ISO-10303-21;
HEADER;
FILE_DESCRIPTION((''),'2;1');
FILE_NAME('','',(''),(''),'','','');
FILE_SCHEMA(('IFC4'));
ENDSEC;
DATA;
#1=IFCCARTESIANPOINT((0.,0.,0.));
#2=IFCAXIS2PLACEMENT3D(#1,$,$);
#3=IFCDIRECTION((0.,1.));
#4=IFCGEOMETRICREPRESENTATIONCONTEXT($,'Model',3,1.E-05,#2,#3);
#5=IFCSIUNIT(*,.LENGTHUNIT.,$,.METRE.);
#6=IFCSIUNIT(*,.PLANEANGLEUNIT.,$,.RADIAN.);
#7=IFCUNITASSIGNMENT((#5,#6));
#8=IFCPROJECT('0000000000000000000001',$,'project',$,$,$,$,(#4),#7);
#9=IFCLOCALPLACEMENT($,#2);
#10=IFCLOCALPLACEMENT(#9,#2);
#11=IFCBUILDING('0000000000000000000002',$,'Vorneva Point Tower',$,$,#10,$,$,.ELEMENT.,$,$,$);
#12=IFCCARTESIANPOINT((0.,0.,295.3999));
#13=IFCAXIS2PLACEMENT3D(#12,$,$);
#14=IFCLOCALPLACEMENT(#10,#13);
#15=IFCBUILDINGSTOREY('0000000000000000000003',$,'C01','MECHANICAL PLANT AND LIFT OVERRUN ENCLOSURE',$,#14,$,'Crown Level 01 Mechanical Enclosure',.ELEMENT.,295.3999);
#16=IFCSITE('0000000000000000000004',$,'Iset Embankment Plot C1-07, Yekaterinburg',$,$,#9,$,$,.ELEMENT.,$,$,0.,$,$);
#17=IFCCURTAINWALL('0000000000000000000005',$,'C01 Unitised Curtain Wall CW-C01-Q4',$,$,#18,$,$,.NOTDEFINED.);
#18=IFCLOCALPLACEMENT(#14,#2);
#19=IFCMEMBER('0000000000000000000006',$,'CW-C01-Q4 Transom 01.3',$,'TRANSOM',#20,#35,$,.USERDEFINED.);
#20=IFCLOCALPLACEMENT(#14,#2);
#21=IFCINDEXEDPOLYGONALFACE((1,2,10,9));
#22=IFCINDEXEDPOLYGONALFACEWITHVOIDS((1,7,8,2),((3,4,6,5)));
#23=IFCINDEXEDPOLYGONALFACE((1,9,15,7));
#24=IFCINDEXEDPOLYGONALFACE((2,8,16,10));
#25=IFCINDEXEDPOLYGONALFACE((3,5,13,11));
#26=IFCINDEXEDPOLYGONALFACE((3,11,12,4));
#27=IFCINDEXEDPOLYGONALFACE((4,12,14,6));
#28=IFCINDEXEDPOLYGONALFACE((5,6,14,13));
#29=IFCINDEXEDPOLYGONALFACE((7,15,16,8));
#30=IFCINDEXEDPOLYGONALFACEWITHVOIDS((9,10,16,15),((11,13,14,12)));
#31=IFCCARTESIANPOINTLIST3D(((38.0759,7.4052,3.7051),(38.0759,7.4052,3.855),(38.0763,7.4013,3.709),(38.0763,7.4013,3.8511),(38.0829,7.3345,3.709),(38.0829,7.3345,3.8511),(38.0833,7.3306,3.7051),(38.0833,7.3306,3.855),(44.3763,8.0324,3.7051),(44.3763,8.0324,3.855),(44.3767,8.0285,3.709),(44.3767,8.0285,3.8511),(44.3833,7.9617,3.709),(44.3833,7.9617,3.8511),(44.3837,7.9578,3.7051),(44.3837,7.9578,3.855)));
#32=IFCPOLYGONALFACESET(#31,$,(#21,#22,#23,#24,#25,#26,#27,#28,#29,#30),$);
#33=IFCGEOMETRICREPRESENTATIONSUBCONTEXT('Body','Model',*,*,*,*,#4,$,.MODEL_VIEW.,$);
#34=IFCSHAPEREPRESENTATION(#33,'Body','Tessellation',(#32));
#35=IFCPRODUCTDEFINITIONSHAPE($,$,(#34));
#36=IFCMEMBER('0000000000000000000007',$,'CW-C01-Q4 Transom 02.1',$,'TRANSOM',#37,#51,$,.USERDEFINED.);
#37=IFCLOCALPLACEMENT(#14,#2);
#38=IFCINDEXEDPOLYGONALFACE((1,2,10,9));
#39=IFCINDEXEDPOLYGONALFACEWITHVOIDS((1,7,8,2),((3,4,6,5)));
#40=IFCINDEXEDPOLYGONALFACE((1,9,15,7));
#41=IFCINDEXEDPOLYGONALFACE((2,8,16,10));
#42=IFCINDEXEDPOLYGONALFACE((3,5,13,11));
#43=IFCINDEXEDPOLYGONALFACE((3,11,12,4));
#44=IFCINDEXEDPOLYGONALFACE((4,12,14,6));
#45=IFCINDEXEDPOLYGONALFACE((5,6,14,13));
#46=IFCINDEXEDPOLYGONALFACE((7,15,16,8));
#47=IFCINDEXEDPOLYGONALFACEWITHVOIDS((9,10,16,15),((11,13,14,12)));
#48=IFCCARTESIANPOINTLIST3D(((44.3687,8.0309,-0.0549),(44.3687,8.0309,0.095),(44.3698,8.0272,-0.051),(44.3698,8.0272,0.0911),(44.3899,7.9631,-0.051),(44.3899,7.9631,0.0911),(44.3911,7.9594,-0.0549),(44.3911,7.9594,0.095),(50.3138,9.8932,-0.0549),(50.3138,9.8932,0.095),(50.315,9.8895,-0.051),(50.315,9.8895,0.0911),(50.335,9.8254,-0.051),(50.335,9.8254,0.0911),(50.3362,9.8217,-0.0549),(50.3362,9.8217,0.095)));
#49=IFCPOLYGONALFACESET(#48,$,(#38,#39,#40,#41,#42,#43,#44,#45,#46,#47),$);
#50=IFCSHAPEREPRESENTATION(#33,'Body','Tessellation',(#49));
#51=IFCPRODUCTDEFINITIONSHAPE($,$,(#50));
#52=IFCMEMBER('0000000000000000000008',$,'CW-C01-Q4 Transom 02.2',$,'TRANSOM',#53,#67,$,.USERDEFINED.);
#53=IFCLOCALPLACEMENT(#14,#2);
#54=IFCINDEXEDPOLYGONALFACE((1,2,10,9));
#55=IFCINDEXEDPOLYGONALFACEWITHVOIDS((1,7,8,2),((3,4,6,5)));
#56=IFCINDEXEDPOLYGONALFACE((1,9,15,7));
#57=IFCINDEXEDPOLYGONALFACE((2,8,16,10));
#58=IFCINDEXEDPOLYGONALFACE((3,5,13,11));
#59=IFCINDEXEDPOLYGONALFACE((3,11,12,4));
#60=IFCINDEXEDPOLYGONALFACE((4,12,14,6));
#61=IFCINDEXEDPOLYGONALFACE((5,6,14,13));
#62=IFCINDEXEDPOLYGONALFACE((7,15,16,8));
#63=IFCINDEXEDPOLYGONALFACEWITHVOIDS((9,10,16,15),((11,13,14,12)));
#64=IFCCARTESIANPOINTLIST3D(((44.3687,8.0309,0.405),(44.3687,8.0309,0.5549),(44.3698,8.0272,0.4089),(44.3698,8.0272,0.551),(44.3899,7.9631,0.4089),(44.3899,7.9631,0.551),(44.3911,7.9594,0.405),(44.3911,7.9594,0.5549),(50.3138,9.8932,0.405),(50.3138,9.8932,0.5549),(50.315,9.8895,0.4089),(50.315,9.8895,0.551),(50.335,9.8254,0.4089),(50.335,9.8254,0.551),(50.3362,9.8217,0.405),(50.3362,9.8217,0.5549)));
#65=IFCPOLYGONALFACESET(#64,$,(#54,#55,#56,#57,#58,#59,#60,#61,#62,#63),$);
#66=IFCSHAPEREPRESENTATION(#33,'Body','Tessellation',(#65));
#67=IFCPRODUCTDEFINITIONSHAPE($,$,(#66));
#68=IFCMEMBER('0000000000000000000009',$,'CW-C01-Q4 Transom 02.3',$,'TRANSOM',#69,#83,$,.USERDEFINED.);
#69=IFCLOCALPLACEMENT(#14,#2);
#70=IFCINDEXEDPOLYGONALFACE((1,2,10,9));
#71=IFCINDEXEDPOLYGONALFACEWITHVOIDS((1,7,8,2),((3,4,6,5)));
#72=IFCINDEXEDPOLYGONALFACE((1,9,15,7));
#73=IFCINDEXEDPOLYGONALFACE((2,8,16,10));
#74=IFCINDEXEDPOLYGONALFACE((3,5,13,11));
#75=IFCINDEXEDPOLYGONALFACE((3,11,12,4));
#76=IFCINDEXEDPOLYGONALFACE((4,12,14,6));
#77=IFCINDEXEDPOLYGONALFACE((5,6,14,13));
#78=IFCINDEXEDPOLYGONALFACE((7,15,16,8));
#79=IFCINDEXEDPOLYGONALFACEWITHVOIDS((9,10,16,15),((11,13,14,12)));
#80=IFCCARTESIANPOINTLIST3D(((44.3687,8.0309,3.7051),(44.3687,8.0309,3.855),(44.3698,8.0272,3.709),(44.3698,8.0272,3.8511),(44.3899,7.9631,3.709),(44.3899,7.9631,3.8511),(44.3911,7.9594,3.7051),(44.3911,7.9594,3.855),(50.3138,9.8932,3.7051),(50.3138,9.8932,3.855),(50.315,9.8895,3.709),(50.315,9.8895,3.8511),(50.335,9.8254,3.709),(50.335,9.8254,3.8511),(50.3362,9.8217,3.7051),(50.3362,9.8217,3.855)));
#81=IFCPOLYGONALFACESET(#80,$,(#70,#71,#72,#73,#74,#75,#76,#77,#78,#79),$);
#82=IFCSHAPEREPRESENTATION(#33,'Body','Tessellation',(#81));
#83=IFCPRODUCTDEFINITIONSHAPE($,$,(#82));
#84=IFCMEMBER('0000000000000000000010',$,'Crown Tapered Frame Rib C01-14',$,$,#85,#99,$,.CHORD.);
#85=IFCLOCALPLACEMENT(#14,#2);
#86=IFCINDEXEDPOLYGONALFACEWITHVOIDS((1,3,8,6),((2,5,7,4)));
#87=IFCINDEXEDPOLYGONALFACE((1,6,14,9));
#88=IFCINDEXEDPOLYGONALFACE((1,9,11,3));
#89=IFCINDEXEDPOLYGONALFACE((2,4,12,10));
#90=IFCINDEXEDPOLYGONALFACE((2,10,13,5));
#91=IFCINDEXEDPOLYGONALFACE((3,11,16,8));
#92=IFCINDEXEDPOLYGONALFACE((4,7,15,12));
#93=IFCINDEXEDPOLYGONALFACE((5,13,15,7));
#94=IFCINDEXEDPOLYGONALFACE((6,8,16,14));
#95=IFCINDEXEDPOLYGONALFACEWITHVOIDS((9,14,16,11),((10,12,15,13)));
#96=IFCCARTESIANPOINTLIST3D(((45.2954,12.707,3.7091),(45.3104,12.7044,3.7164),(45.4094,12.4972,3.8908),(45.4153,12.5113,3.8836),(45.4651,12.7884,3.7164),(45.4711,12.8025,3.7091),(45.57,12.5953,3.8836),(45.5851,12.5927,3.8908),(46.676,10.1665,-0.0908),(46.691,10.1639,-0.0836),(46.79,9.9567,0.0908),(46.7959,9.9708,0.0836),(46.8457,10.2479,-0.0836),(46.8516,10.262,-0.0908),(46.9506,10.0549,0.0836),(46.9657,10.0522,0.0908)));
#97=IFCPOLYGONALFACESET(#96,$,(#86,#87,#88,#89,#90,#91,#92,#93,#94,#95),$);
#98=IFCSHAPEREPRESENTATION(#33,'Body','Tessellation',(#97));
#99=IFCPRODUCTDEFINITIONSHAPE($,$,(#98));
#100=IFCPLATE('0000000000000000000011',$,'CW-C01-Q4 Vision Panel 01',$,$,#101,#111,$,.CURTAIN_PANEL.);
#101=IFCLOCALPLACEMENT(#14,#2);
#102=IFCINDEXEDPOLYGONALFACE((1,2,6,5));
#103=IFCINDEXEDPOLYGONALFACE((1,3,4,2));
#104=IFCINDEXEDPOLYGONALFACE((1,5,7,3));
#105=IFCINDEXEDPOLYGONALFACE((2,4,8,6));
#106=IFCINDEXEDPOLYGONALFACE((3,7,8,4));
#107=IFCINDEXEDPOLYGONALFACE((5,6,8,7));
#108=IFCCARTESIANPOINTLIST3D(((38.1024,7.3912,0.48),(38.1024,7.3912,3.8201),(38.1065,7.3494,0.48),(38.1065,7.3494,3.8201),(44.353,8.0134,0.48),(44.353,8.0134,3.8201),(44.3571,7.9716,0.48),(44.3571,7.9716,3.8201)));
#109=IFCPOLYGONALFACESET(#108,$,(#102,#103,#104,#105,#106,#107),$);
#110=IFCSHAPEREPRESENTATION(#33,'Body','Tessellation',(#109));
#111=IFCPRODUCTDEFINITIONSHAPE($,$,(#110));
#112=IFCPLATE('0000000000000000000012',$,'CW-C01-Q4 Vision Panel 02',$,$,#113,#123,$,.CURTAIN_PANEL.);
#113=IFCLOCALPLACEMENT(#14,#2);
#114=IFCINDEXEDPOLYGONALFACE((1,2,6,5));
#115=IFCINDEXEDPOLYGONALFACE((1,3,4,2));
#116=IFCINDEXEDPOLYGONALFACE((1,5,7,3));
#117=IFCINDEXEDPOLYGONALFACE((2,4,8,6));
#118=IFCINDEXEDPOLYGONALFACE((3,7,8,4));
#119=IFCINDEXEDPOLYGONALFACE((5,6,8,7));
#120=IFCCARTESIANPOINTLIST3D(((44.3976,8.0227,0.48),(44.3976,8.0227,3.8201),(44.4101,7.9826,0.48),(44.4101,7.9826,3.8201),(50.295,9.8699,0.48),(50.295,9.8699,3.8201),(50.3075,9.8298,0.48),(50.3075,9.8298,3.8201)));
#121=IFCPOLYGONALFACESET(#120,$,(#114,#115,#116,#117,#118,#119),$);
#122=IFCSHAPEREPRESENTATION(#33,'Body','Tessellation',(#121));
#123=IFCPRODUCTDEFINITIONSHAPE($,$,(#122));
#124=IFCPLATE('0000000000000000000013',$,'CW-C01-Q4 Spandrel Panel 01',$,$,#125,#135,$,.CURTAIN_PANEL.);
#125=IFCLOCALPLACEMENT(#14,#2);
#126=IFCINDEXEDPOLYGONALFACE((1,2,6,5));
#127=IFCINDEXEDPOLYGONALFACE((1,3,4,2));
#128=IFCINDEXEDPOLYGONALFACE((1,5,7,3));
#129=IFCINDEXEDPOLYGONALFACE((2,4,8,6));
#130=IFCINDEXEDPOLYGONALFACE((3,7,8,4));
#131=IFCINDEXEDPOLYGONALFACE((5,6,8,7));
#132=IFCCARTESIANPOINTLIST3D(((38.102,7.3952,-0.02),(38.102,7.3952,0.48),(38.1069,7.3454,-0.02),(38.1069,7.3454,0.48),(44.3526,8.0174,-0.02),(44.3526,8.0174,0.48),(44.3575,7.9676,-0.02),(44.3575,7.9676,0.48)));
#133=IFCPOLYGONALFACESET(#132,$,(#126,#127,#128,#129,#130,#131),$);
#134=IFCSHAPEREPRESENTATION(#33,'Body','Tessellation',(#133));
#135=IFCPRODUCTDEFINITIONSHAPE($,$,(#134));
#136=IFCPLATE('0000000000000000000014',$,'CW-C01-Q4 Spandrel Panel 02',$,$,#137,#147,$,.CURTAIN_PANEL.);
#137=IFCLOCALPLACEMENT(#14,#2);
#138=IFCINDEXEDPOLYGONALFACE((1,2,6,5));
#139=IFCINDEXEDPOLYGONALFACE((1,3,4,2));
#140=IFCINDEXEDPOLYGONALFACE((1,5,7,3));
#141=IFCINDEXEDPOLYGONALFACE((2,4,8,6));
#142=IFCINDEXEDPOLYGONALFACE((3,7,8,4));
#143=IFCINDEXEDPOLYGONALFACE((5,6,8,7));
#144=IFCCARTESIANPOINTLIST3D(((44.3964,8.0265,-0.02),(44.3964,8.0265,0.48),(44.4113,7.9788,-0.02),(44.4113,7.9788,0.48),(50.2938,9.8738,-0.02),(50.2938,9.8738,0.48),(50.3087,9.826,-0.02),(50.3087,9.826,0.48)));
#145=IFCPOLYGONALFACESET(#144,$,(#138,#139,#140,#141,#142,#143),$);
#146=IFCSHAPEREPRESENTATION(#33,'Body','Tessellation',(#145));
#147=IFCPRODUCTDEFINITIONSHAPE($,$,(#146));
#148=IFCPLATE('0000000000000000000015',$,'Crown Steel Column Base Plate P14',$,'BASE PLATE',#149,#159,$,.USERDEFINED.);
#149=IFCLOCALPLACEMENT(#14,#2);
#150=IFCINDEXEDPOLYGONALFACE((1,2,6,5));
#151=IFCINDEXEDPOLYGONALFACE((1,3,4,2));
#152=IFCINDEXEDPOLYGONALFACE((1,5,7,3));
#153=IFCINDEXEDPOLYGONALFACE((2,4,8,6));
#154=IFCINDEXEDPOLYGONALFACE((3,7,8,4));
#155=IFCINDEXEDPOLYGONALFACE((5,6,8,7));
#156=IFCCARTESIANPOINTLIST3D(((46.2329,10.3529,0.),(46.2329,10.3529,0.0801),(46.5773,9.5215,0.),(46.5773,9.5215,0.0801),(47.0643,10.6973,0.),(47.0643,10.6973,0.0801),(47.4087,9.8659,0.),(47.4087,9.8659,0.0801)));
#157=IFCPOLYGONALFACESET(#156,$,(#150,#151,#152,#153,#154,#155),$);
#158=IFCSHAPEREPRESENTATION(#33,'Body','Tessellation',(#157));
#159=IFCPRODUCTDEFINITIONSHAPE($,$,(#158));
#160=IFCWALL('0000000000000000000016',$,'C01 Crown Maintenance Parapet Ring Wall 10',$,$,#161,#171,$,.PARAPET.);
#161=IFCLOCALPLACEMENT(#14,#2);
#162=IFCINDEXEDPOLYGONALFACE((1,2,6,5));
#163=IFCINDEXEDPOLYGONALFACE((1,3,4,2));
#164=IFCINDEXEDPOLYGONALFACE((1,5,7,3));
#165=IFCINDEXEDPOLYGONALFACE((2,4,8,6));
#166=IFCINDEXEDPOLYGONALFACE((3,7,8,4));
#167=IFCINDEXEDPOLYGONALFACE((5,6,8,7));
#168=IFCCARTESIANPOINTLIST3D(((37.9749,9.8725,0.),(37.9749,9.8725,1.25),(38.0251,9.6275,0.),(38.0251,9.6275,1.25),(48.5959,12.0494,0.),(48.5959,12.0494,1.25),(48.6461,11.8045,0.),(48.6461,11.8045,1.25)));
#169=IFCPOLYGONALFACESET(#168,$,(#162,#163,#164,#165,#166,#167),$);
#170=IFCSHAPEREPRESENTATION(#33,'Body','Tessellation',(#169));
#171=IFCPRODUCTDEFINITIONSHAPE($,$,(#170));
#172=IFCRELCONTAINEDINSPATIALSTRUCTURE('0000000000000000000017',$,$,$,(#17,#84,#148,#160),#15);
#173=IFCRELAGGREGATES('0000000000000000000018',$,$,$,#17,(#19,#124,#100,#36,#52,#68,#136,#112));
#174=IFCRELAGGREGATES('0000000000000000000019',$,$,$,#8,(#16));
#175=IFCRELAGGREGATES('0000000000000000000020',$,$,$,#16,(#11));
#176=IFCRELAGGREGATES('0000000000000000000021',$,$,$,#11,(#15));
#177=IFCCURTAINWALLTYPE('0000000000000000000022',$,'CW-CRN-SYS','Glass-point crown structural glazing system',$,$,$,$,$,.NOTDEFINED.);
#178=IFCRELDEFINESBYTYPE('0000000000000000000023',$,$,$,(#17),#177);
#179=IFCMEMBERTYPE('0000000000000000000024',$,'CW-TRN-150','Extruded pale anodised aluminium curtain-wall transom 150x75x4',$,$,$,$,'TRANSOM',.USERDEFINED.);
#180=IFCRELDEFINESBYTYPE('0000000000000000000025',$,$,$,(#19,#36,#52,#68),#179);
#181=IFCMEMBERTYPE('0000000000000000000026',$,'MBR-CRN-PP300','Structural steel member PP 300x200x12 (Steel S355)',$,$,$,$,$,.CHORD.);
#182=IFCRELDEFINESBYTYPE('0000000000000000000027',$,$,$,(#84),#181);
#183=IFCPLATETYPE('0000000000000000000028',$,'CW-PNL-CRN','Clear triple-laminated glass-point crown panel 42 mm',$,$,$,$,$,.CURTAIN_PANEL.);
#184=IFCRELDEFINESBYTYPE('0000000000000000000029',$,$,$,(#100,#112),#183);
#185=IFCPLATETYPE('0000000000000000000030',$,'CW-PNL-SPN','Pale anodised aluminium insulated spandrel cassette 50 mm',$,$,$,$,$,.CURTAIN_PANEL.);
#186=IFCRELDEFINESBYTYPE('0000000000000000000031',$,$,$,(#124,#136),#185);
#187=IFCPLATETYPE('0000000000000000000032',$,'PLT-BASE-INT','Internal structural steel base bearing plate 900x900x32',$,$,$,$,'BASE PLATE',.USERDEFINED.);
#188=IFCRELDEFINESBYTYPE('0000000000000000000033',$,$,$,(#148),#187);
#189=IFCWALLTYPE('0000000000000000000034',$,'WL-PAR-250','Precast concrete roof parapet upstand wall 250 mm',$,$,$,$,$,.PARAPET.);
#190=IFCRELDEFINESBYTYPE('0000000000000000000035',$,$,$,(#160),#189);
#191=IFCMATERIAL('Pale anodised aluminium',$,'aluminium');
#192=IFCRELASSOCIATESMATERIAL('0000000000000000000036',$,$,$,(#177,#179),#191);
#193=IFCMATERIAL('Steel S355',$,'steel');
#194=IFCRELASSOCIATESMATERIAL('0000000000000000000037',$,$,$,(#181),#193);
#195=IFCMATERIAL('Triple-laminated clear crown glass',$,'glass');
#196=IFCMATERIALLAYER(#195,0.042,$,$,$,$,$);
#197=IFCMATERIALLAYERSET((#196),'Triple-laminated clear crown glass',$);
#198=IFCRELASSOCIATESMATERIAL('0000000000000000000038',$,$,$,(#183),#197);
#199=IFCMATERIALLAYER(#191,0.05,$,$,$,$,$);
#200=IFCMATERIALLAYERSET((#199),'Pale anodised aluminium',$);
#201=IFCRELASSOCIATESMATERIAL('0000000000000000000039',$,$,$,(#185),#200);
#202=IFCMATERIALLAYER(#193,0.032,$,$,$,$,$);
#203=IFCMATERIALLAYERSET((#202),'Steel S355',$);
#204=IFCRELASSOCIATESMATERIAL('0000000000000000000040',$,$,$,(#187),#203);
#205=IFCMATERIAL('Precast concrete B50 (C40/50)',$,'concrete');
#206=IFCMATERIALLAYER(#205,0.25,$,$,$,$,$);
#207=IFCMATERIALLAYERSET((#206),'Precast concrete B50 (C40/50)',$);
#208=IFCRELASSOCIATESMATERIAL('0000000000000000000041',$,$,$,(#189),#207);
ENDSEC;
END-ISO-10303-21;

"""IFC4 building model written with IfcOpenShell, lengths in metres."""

from ifc_helpers import new_model, si_unit, direction, frame, frame_2d, origin, origin_2d, place, context, subcontext, project, spatial, rectangle, hollow_rectangle, extrude, material, layer, layer_set, material_profile, profile_set, type_object, element, aggregate, save


model = new_model("IFC4")

# Units and contexts
model_context = context("Model", 3, precision=1e-05, world=origin(), true_north=direction((0.0, 1.0)))
body_context = subcontext(model_context, "Body", "Model", "MODEL_VIEW")
ifc_project = project(units=[si_unit("LENGTHUNIT", "METRE"), si_unit("PLANEANGLEUNIT", "RADIAN")], contexts=[model_context])

# Site, building, storey
site_placement = place(None, origin())
site = spatial("IfcSite", under=ifc_project, at=site_placement, Name="Iset Embankment Plot C1-07, Yekaterinburg", CompositionType="ELEMENT", RefElevation=0.0)
building_placement = place(site_placement, origin())
building = spatial("IfcBuilding", under=site, at=building_placement, Name="Vorneva Point Tower", CompositionType="ELEMENT")
storey_placement = place(building_placement, frame((0.0, 0.0, 295.3999)))
storey = spatial("IfcBuildingStorey", under=building, at=storey_placement, Name="C01", Description="MECHANICAL PLANT AND LIFT OVERRUN ENCLOSURE", LongName="Crown Level 01 Mechanical Enclosure", CompositionType="ELEMENT", Elevation=295.3999)

# Shared definitions
ifc_material_1 = material(Name="Steel S355", Category="steel")

# Curtain wall, members
ifc_material_2 = material(Name="Pale anodised aluminium", Category="aluminium")
curtain_wall_type = type_object("IfcCurtainWallType", Name="CW-CRN-SYS", Description="Glass-point crown structural glazing system", PredefinedType="NOTDEFINED", material=ifc_material_2)
curtain_wall_placement = place(storey_placement, origin())
curtain_wall = element("IfcCurtainWall", 1, at=curtain_wall_placement, inside=storey, type_object=curtain_wall_type, Name="C01 Unitised Curtain Wall CW-C01-Q4", PredefinedType="NOTDEFINED")
ifc_material_profile_1 = material_profile(ifc_material_2, hollow_rectangle(XDim=0.075, YDim=0.1499, WallThickness=0.0039, at=origin_2d()), Name="AL-TRN 150x75x4")
ifc_profile_set_1 = profile_set([ifc_material_profile_1], Name="Pale anodised aluminium")
member_type_1 = type_object("IfcMemberType", Name="CW-TRN-150", Description="Extruded pale anodised aluminium curtain-wall transom 150x75x4", ElementType="TRANSOM", PredefinedType="USERDEFINED", material=ifc_profile_set_1)
member_1_placement = place(storey_placement, frame((38.0796, 7.3679, 3.78), z_axis=(0.995081, 0.099061, 0.0), x_axis=(-0.099061, 0.995081, 0.0)))
member_1 = element("IfcMember", 2, at=member_1_placement, type_object=member_type_1, Name="CW-C01-Q4 Transom 01.3", ObjectType="TRANSOM", PredefinedType="USERDEFINED", context=body_context, shape_type="SweptSolid", body=[
    extrude(hollow_rectangle(XDim=0.075, YDim=0.1499, WallThickness=0.0039, at=origin_2d()), origin(), (0.0, 0.0, 1.0), 6.3315),
])
member_2_placement = place(storey_placement, frame((44.3799, 7.9951, 0.02), z_axis=(0.954275, 0.298929, 0.0), x_axis=(-0.298929, 0.954275, 0.0)))
member_2 = element("IfcMember", 3, at=member_2_placement, type_object=member_type_1, Name="CW-C01-Q4 Transom 02.1", ObjectType="TRANSOM", PredefinedType="USERDEFINED", context=body_context, shape_type="SweptSolid", body=[
    extrude(hollow_rectangle(XDim=0.075, YDim=0.1499, WallThickness=0.0039, at=origin_2d()), origin(), (0.0, 0.0, 1.0), 6.23),
])
member_3_placement = place(storey_placement, frame((44.3799, 7.9951, 0.48), z_axis=(0.954275, 0.298929, 0.0), x_axis=(-0.298929, 0.954275, 0.0)))
member_3 = element("IfcMember", 4, at=member_3_placement, type_object=member_type_1, Name="CW-C01-Q4 Transom 02.2", ObjectType="TRANSOM", PredefinedType="USERDEFINED", context=body_context, shape_type="SweptSolid", body=[
    extrude(hollow_rectangle(XDim=0.075, YDim=0.1499, WallThickness=0.0039, at=origin_2d()), origin(), (0.0, 0.0, 1.0), 6.23),
])
member_4_placement = place(storey_placement, frame((44.3799, 7.9951, 3.78), z_axis=(0.954275, 0.298929, 0.0), x_axis=(-0.298929, 0.954275, 0.0)))
member_4 = element("IfcMember", 5, at=member_4_placement, type_object=member_type_1, Name="CW-C01-Q4 Transom 02.3", ObjectType="TRANSOM", PredefinedType="USERDEFINED", context=body_context, shape_type="SweptSolid", body=[
    extrude(hollow_rectangle(XDim=0.075, YDim=0.1499, WallThickness=0.0039, at=origin_2d()), origin(), (0.0, 0.0, 1.0), 6.23),
])

# Member
ifc_material_profile_2 = material_profile(ifc_material_1, hollow_rectangle(XDim=0.2, YDim=0.3, WallThickness=0.012, at=origin_2d()), Name="PP 300x200x12")
ifc_profile_set_2 = profile_set([ifc_material_profile_2], Name="Steel S355")
member_type_2 = type_object("IfcMemberType", Name="MBR-CRN-PP300", Description="Structural steel member PP 300x200x12 (Steel S355)", PredefinedType="CHORD", material=ifc_profile_set_2)
member_5_placement = place(storey_placement, frame((46.8208, 10.1094, 0.0), z_axis=(-0.289133, 0.532046, 0.79582), x_axis=(-0.87864, -0.477485, 0.0)))
element("IfcMember", 6, at=member_5_placement, inside=storey, type_object=member_type_2, Name="Crown Tapered Frame Rib C01-14", PredefinedType="CHORD", context=body_context, shape_type="SweptSolid", body=[
    extrude(hollow_rectangle(XDim=0.2, YDim=0.3, WallThickness=0.012, at=origin_2d()), origin(), (0.0, 0.0, 1.0), 4.7749),
])

# Plates
ifc_material_3 = material(Name="Triple-laminated clear crown glass", Category="glass")
ifc_layer_1 = layer(ifc_material_3, 0.042)
ifc_layer_set_1 = layer_set([ifc_layer_1], Name="Triple-laminated clear crown glass")
plate_type_1 = type_object("IfcPlateType", Name="CW-PNL-CRN", Description="Clear triple-laminated glass-point crown panel 42 mm", PredefinedType="CURTAIN_PANEL", material=ifc_layer_set_1)
plate_1_placement = place(storey_placement, frame((41.2297, 7.6814, 0.48), z_axis=(0.0, 0.0, 1.0), x_axis=(0.995082, 0.099059, 0.0)))
plate_1 = element("IfcPlate", 7, at=plate_1_placement, type_object=plate_type_1, Name="CW-C01-Q4 Vision Panel 01", PredefinedType="CURTAIN_PANEL", context=body_context, shape_type="SweptSolid", body=[
    extrude(rectangle(XDim=6.2815, YDim=0.042, at=origin_2d()), origin(), (0.0, 0.0, 1.0), 3.3401),
])
plate_2_placement = place(storey_placement, frame((47.3525, 8.9263, 0.48), z_axis=(0.0, 0.0, 1.0), x_axis=(0.954282, 0.298908, 0.0)))
plate_2 = element("IfcPlate", 8, at=plate_2_placement, type_object=plate_type_1, Name="CW-C01-Q4 Vision Panel 02", PredefinedType="CURTAIN_PANEL", context=body_context, shape_type="SweptSolid", body=[
    extrude(rectangle(XDim=6.1799, YDim=0.042, at=origin_2d()), origin(), (0.0, 0.0, 1.0), 3.3401),
])
ifc_layer_2 = layer(ifc_material_2, 0.05)
ifc_layer_set_2 = layer_set([ifc_layer_2], Name="Pale anodised aluminium")
plate_type_2 = type_object("IfcPlateType", Name="CW-PNL-SPN", Description="Pale anodised aluminium insulated spandrel cassette 50 mm", PredefinedType="CURTAIN_PANEL", material=ifc_layer_set_2)
plate_3_placement = place(storey_placement, frame((41.2297, 7.6814, -0.02), z_axis=(0.0, 0.0, 1.0), x_axis=(0.995082, 0.099059, 0.0)))
plate_3 = element("IfcPlate", 9, at=plate_3_placement, type_object=plate_type_2, Name="CW-C01-Q4 Spandrel Panel 01", PredefinedType="CURTAIN_PANEL", context=body_context, shape_type="SweptSolid", body=[
    extrude(rectangle(XDim=6.2815, YDim=0.05, at=origin_2d()), origin(), (0.0, 0.0, 1.0), 0.5),
])
plate_4_placement = place(storey_placement, frame((47.3525, 8.9263, -0.02), z_axis=(0.0, 0.0, 1.0), x_axis=(0.954282, 0.298908, 0.0)))
plate_4 = element("IfcPlate", 10, at=plate_4_placement, type_object=plate_type_2, Name="CW-C01-Q4 Spandrel Panel 02", PredefinedType="CURTAIN_PANEL", context=body_context, shape_type="SweptSolid", body=[
    extrude(rectangle(XDim=6.1799, YDim=0.05, at=origin_2d()), origin(), (0.0, 0.0, 1.0), 0.5),
])
aggregate(curtain_wall, [member_1, plate_3, plate_1, member_2, member_3, member_4, plate_4, plate_2])
ifc_layer_3 = layer(ifc_material_1, 0.032)
ifc_layer_set_3 = layer_set([ifc_layer_3], Name="Steel S355")
plate_type_3 = type_object("IfcPlateType", Name="PLT-BASE-INT", Description="Internal structural steel base bearing plate 900x900x32", ElementType="BASE PLATE", PredefinedType="USERDEFINED", material=ifc_layer_set_3)
plate_5_placement = place(storey_placement, frame((46.8208, 10.1094, 0.0), z_axis=(0.0, 0.0, 1.0), x_axis=(0.382683, -0.92388, 0.0)))
element("IfcPlate", 11, at=plate_5_placement, inside=storey, type_object=plate_type_3, Name="Crown Steel Column Base Plate P14", ObjectType="BASE PLATE", PredefinedType="USERDEFINED", context=body_context, shape_type="SweptSolid", body=[
    extrude(rectangle(XDim=0.8999, YDim=0.8999, at=origin_2d()), origin(), (0.0, 0.0, 1.0), 0.0801),
])

# Wall
ifc_material_4 = material(Name="Precast concrete B50 (C40/50)", Category="concrete")
ifc_layer_4 = layer(ifc_material_4, 0.25)
ifc_layer_set_4 = layer_set([ifc_layer_4], Name="Precast concrete B50 (C40/50)")
wall_type = type_object("IfcWallType", Name="WL-PAR-250", Description="Precast concrete roof parapet upstand wall 250 mm", PredefinedType="PARAPET", material=ifc_layer_set_4)
wall_placement = place(storey_placement, frame((38.0, 9.75, 0.0), z_axis=(0.0, 0.0, 1.0), x_axis=(0.979633, 0.200795, 0.0)))
element("IfcWall", 12, at=wall_placement, inside=storey, type_object=wall_type, Name="C01 Crown Maintenance Parapet Ring Wall 10", PredefinedType="PARAPET", context=body_context, shape_type="SweptSolid", body=[
    extrude(rectangle(XDim=10.8418, YDim=0.25, at=frame_2d((5.4209, 0.0))), origin(), (0.0, 0.0, 1.0), 1.25),
])

save(model, "model.ifc")
